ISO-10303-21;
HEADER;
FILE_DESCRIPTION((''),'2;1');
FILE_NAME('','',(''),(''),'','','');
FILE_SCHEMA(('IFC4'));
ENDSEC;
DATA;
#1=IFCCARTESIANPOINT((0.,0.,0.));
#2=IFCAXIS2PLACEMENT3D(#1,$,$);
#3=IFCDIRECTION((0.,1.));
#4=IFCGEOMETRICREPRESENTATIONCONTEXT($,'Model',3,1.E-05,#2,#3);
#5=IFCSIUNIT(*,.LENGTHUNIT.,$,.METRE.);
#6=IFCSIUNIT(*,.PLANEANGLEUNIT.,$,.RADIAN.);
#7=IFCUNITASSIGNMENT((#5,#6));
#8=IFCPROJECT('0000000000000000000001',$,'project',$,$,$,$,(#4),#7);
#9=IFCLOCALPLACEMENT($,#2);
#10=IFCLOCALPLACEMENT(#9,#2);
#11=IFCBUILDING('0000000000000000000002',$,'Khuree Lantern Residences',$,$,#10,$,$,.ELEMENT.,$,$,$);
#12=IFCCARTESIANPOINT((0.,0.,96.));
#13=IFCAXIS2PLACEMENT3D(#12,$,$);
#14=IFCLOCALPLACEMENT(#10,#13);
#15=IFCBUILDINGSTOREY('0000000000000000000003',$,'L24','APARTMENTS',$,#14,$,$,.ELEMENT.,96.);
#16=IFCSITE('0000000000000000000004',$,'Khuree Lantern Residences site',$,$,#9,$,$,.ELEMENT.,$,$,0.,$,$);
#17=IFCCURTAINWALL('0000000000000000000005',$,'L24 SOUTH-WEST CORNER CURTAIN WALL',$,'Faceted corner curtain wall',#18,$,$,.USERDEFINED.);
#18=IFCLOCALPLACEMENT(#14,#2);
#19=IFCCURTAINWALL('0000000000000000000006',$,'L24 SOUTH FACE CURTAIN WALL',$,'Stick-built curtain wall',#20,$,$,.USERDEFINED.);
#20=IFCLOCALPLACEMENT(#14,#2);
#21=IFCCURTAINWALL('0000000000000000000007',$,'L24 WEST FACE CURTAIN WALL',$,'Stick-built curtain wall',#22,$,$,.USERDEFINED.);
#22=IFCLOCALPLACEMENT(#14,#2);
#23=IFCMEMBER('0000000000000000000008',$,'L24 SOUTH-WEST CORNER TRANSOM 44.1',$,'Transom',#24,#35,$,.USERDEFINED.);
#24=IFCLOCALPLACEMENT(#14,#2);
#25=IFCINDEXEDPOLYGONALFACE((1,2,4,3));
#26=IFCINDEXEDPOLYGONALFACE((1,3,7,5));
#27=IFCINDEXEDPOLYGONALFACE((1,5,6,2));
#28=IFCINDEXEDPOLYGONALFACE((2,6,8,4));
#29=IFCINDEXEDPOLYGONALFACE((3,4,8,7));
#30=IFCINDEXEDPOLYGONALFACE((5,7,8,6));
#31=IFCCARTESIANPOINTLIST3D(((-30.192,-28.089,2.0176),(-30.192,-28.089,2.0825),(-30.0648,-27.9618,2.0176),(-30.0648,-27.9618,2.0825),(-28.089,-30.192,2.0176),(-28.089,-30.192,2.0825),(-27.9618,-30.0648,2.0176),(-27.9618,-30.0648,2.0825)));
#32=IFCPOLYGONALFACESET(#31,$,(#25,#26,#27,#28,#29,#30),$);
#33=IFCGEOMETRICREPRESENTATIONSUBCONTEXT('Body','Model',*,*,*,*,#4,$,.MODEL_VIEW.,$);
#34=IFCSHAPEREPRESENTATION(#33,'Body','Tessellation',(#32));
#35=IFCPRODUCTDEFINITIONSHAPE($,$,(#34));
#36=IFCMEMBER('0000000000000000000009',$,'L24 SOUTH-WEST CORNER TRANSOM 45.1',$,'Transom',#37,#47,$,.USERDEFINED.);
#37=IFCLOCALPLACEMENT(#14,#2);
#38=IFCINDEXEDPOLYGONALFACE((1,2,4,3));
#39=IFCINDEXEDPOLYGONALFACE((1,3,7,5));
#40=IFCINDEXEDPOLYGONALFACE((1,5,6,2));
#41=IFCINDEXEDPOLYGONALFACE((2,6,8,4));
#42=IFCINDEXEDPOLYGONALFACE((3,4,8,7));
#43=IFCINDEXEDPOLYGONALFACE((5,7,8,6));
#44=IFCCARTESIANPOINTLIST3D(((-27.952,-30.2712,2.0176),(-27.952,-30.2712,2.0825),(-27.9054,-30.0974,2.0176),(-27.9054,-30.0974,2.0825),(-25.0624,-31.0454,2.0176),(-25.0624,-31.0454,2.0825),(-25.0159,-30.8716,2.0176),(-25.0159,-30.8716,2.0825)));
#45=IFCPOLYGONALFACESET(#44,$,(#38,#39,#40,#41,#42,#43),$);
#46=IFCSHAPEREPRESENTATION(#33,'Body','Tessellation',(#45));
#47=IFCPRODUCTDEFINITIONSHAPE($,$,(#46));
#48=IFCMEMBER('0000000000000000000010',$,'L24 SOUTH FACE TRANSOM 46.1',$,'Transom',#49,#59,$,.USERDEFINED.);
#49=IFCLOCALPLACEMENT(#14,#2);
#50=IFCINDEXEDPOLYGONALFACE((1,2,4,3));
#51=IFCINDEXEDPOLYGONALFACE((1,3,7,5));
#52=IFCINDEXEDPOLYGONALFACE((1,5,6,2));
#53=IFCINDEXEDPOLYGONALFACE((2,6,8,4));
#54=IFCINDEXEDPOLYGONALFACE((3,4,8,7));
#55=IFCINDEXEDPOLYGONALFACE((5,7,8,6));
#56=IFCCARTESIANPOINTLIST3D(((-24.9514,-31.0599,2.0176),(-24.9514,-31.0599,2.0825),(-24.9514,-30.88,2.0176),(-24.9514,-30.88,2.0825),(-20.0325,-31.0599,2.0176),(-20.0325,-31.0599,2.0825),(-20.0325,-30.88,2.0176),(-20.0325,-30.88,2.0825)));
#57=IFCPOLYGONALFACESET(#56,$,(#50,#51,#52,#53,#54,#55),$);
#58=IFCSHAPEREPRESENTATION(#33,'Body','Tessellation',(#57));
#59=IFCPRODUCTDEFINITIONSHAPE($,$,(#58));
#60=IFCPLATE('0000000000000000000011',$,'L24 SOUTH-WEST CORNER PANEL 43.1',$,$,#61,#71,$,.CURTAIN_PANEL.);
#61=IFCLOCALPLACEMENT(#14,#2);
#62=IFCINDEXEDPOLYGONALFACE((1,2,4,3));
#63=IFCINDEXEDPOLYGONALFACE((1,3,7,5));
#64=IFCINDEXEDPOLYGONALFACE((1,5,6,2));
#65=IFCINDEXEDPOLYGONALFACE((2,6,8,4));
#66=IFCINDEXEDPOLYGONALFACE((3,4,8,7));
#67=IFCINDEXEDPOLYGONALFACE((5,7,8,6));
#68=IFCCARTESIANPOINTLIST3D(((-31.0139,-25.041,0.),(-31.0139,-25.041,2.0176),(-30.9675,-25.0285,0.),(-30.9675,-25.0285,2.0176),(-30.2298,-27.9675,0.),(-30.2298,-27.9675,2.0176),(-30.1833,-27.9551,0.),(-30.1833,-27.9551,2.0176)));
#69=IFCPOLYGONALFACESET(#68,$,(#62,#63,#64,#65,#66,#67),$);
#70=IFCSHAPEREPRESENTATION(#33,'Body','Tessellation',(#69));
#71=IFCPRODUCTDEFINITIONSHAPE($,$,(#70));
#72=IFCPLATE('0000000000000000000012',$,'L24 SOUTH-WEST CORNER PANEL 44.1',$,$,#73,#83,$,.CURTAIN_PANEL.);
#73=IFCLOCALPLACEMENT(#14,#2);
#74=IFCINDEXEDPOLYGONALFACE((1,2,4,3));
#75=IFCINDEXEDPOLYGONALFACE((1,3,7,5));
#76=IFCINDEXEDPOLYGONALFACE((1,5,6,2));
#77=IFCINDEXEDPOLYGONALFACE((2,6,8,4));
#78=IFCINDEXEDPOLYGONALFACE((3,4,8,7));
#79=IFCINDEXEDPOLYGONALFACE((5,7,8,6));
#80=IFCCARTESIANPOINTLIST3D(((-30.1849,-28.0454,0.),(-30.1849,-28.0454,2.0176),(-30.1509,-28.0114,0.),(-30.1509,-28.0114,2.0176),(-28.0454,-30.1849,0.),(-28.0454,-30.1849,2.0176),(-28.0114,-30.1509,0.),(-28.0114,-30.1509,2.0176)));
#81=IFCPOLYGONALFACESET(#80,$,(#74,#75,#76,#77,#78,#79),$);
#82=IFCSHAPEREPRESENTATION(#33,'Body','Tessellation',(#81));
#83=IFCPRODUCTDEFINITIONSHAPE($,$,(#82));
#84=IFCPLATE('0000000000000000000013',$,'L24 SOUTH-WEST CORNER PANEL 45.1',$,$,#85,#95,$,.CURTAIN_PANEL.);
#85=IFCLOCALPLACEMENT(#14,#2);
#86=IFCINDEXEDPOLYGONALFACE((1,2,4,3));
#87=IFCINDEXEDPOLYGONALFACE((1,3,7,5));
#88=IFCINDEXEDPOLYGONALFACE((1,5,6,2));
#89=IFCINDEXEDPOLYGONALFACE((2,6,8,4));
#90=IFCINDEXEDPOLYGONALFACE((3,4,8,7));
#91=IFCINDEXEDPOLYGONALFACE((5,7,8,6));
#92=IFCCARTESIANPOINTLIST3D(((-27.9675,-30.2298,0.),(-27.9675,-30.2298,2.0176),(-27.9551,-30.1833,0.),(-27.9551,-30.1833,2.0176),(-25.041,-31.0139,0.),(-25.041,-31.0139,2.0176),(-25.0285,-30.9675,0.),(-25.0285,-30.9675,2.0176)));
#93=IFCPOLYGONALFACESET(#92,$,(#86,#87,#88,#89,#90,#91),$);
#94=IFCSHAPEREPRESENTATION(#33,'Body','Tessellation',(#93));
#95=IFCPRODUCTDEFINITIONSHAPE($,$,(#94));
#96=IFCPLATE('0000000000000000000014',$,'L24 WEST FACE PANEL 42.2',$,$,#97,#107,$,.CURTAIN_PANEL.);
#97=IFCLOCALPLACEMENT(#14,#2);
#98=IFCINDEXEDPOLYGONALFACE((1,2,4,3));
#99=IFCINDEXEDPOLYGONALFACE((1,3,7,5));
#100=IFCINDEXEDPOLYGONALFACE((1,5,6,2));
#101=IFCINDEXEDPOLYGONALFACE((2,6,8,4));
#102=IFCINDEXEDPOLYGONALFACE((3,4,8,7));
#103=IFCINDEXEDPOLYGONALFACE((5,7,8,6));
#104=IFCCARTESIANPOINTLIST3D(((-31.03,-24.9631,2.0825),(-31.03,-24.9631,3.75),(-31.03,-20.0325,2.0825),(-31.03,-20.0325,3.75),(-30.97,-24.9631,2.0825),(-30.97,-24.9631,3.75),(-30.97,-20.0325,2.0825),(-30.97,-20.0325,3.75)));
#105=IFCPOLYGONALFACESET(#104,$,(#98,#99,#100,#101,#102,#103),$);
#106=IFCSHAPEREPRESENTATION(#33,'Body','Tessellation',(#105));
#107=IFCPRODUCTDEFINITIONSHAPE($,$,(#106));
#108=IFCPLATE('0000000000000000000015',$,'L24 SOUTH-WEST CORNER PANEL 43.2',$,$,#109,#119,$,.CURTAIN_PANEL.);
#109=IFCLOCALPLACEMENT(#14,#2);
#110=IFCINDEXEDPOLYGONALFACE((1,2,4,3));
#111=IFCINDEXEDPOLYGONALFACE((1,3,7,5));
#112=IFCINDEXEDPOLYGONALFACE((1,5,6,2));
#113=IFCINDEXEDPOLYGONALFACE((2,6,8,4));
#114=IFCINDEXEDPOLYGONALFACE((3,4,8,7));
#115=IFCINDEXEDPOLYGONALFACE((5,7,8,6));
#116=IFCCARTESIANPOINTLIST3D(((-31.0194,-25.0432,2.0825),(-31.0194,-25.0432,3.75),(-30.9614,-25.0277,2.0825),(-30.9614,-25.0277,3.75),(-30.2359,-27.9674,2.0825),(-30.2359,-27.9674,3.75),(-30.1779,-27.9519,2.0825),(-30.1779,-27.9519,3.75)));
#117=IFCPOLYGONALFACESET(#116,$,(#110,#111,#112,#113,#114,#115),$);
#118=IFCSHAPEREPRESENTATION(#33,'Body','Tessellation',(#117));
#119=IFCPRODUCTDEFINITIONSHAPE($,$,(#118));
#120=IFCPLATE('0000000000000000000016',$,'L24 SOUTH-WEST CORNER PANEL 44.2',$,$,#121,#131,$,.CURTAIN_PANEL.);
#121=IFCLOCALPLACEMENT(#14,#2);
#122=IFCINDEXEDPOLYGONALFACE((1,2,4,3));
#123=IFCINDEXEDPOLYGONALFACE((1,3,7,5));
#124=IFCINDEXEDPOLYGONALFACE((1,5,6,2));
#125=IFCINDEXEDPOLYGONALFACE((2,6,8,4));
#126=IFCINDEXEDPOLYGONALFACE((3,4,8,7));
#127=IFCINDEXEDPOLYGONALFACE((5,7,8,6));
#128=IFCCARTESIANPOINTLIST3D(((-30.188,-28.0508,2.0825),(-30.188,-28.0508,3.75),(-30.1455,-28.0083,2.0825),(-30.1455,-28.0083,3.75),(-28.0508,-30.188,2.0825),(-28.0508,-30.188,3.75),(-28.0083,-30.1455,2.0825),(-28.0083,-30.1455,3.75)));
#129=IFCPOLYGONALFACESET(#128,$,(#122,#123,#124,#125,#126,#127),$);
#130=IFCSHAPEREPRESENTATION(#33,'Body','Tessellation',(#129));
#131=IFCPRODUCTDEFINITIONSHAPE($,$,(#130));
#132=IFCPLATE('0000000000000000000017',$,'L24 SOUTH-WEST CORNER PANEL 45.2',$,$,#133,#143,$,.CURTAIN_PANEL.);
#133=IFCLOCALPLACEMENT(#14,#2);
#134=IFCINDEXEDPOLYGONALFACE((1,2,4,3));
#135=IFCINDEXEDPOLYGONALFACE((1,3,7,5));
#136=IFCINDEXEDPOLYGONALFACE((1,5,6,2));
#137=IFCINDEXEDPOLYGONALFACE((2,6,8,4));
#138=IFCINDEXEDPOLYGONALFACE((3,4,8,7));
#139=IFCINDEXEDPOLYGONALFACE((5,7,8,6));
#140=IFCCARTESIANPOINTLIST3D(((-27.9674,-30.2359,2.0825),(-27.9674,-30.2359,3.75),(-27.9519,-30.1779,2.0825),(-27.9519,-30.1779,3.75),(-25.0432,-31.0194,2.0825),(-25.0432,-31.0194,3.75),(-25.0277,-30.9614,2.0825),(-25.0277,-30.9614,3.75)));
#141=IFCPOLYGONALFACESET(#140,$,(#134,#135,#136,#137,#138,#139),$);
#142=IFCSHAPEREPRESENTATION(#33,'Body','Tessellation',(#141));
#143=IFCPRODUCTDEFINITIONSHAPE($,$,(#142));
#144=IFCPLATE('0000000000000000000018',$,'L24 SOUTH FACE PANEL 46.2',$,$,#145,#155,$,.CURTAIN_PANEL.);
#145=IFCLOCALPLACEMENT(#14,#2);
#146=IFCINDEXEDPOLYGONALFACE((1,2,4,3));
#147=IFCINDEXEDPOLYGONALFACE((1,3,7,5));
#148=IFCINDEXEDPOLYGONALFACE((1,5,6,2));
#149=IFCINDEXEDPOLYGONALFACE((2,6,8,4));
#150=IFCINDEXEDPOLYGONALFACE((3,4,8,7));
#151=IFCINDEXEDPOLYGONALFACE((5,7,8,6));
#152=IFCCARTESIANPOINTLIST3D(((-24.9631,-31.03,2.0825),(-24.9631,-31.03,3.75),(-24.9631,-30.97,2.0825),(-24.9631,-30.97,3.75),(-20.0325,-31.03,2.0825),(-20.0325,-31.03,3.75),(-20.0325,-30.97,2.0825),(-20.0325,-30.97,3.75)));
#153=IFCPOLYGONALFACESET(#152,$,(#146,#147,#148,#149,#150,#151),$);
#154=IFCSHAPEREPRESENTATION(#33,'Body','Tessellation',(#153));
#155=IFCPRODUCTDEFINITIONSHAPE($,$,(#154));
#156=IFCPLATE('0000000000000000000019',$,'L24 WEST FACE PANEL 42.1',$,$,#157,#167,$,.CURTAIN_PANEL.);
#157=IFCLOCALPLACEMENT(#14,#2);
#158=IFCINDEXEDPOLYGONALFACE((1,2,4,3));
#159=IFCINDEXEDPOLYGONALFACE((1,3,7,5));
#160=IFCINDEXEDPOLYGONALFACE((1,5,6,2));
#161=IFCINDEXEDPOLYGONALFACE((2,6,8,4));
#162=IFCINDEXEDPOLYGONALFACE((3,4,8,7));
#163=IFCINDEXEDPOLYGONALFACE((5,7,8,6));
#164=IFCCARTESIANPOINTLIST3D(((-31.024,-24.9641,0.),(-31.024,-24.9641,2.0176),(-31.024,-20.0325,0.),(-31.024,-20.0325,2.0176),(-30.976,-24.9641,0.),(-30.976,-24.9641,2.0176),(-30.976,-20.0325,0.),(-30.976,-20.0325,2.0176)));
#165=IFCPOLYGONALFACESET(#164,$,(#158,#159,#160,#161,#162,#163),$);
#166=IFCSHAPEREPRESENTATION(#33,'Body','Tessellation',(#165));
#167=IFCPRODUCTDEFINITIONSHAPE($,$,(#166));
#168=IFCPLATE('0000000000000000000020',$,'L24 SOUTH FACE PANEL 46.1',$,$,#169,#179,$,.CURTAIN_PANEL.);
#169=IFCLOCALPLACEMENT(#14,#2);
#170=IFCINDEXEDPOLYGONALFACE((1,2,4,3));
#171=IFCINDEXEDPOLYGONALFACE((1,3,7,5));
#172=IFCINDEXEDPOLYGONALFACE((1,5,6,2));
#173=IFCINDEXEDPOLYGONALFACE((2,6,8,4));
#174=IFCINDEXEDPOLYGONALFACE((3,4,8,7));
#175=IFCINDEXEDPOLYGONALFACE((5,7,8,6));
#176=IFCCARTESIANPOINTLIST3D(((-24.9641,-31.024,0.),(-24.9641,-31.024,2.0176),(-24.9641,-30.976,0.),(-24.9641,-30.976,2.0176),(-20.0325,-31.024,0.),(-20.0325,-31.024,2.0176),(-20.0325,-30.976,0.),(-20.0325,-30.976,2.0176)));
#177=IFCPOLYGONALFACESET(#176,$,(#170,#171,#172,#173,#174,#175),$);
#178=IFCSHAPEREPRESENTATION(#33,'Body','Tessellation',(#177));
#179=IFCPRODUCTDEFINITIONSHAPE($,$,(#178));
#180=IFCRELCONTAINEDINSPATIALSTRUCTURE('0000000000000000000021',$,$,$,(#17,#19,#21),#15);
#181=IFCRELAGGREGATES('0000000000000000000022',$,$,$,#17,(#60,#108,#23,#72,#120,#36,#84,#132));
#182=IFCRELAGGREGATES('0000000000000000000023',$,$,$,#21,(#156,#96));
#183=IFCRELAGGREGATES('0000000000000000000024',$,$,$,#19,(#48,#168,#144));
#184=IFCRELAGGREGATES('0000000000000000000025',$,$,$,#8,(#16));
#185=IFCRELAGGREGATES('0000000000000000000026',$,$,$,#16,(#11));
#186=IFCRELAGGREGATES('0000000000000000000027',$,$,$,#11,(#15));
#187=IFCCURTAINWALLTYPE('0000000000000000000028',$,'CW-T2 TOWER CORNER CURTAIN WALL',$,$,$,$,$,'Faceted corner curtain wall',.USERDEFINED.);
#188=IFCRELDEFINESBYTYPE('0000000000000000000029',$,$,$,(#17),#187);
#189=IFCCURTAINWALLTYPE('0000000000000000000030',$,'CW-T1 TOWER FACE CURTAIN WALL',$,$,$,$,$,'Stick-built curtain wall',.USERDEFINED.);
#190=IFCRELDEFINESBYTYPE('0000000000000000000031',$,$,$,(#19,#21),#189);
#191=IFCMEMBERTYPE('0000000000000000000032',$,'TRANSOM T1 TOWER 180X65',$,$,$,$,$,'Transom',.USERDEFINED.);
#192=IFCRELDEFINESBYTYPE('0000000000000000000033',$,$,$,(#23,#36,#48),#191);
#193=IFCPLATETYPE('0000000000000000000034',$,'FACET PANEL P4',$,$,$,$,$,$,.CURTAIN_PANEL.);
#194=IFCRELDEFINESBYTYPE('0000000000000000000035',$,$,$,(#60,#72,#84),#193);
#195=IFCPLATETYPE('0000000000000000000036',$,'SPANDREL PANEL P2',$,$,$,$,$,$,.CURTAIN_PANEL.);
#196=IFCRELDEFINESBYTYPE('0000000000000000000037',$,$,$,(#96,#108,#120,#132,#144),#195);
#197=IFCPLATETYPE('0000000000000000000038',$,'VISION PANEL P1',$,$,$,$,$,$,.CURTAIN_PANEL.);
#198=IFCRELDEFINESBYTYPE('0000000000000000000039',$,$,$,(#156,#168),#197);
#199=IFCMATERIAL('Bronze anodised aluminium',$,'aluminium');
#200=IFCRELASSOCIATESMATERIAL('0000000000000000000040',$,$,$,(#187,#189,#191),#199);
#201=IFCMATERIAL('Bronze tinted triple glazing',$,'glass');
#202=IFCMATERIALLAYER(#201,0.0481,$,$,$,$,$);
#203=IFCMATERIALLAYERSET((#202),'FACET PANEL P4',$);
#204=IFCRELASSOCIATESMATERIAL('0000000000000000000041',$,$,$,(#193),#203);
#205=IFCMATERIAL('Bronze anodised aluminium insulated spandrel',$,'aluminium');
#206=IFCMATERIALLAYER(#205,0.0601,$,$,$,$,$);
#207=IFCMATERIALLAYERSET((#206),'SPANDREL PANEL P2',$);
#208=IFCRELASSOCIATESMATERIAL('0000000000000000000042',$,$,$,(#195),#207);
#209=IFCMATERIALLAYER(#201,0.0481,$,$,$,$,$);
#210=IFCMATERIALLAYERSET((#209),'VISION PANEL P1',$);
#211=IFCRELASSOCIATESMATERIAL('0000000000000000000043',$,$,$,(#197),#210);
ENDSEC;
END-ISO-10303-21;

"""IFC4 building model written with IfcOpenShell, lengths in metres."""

from ifc_helpers import new_model, si_unit, direction, frame, origin, origin_2d, place, context, subcontext, project, spatial, rectangle, extrude, material, layer, layer_set, material_profile, profile_set, type_object, element, aggregate, save


model = new_model("IFC4")

# Units and contexts
model_context = context("Model", 3, precision=1e-05, world=origin(), true_north=direction((0.0, 1.0)))
body_context = subcontext(model_context, "Body", "Model", "MODEL_VIEW")
ifc_project = project(units=[si_unit("LENGTHUNIT", "METRE"), si_unit("PLANEANGLEUNIT", "RADIAN")], contexts=[model_context])

# Site, building, storey
site_placement = place(None, origin())
site = spatial("IfcSite", under=ifc_project, at=site_placement, Name="Khuree Lantern Residences site", CompositionType="ELEMENT", RefElevation=0.0)
building_placement = place(site_placement, origin())
building = spatial("IfcBuilding", under=site, at=building_placement, Name="Khuree Lantern Residences", CompositionType="ELEMENT")
storey_placement = place(building_placement, frame((0.0, 0.0, 96.0)))
storey = spatial("IfcBuildingStorey", under=building, at=storey_placement, Name="L24", Description="APARTMENTS", CompositionType="ELEMENT", Elevation=96.0)

# Curtain walls
ifc_material_1 = material(Name="Bronze anodised aluminium", Category="aluminium")
curtain_wall_type_1 = type_object("IfcCurtainWallType", Name="CW-T2 TOWER CORNER CURTAIN WALL", ElementType="Faceted corner curtain wall", PredefinedType="USERDEFINED", material=ifc_material_1)
curtain_wall_1_placement = place(storey_placement, origin())
curtain_wall_1 = element("IfcCurtainWall", 1, at=curtain_wall_1_placement, inside=storey, type_object=curtain_wall_type_1, Name="L24 SOUTH-WEST CORNER CURTAIN WALL", ObjectType="Faceted corner curtain wall", PredefinedType="USERDEFINED")
curtain_wall_type_2 = type_object("IfcCurtainWallType", Name="CW-T1 TOWER FACE CURTAIN WALL", ElementType="Stick-built curtain wall", PredefinedType="USERDEFINED", material=ifc_material_1)
curtain_wall_2_placement = place(storey_placement, origin())
curtain_wall_2 = element("IfcCurtainWall", 2, at=curtain_wall_2_placement, inside=storey, type_object=curtain_wall_type_2, Name="L24 SOUTH FACE CURTAIN WALL", ObjectType="Stick-built curtain wall", PredefinedType="USERDEFINED")

# Curtain wall
curtain_wall_3_placement = place(storey_placement, origin())
curtain_wall_3 = element("IfcCurtainWall", 3, at=curtain_wall_3_placement, inside=storey, type_object=curtain_wall_type_2, Name="L24 WEST FACE CURTAIN WALL", ObjectType="Stick-built curtain wall", PredefinedType="USERDEFINED")

# Members
ifc_material_profile_1 = material_profile(ifc_material_1, rectangle(XDim=0.1799, YDim=0.0649, at=origin_2d()), Name="T1 180X65")
ifc_profile_set_1 = profile_set([ifc_material_profile_1], Name="Bronze anodised aluminium")
member_type_1 = type_object("IfcMemberType", Name="TRANSOM T1 TOWER 180X65", ElementType="Transom", PredefinedType="USERDEFINED", material=ifc_profile_set_1)
member_1_placement = place(storey_placement, frame((-30.1284, -28.0254, 2.05), z_axis=(0.707107, -0.707107, 0.0), x_axis=(0.707107, 0.707107, 0.0)))
member_1 = element("IfcMember", 4, at=member_1_placement, type_object=member_type_1, Name="L24 SOUTH-WEST CORNER TRANSOM 44.1", ObjectType="Transom", PredefinedType="USERDEFINED", context=body_context, shape_type="SweptSolid", body=[
    extrude(rectangle(XDim=0.1799, YDim=0.0649, at=origin_2d()), origin(), (0.0, 0.0, 1.0), 2.9741),
])
member_2_placement = place(storey_placement, frame((-27.9287, -30.1843, 2.05), z_axis=(0.965935, -0.258785, 0.0), x_axis=(0.258785, 0.965935, 0.0)))
member_2 = element("IfcMember", 5, at=member_2_placement, type_object=member_type_1, Name="L24 SOUTH-WEST CORNER TRANSOM 45.1", ObjectType="Transom", PredefinedType="USERDEFINED", context=body_context, shape_type="SweptSolid", body=[
    extrude(rectangle(XDim=0.1799, YDim=0.0649, at=origin_2d()), origin(), (0.0, 0.0, 1.0), 2.9915),
])
member_3_placement = place(storey_placement, frame((-24.9514, -30.97, 2.05), z_axis=(1.0, 0.0, 0.0), x_axis=(0.0, 1.0, 0.0)))
member_3 = element("IfcMember", 6, at=member_3_placement, type_object=member_type_1, Name="L24 SOUTH FACE TRANSOM 46.1", ObjectType="Transom", PredefinedType="USERDEFINED", context=body_context, shape_type="SweptSolid", body=[
    extrude(rectangle(XDim=0.1799, YDim=0.0649, at=origin_2d()), origin(), (0.0, 0.0, 1.0), 4.9189),
])

# Plates
ifc_material_2 = material(Name="Bronze tinted triple glazing", Category="glass")
ifc_layer_1 = layer(ifc_material_2, 0.0481)
ifc_layer_set_1 = layer_set([ifc_layer_1], Name="FACET PANEL P4")
plate_type_1 = type_object("IfcPlateType", Name="FACET PANEL P4", PredefinedType="CURTAIN_PANEL", material=ifc_layer_set_1)
plate_1_placement = place(storey_placement, frame((-30.5986, -26.498, 0.0), z_axis=(0.0, 0.0, 1.0), x_axis=(0.258819, -0.965926, 0.0)))
plate_1 = element("IfcPlate", 7, at=plate_1_placement, type_object=plate_type_1, Name="L24 SOUTH-WEST CORNER PANEL 43.1", PredefinedType="CURTAIN_PANEL", context=body_context, shape_type="SweptSolid", body=[
    extrude(rectangle(XDim=3.0298, YDim=0.0481, at=origin_2d()), origin(), (0.0, 0.0, 1.0), 2.0176),
])
plate_2_placement = place(storey_placement, frame((-29.0981, -29.0981, 0.0), z_axis=(0.0, 0.0, 1.0), x_axis=(0.707107, -0.707107, 0.0)))
plate_2 = element("IfcPlate", 8, at=plate_2_placement, type_object=plate_type_1, Name="L24 SOUTH-WEST CORNER PANEL 44.1", PredefinedType="CURTAIN_PANEL", context=body_context, shape_type="SweptSolid", body=[
    extrude(rectangle(XDim=3.0256, YDim=0.0481, at=origin_2d()), origin(), (0.0, 0.0, 1.0), 2.0176),
])
plate_3_placement = place(storey_placement, frame((-26.498, -30.5986, 0.0), z_axis=(0.0, 0.0, 1.0), x_axis=(0.965926, -0.258819, 0.0)))
plate_3 = element("IfcPlate", 9, at=plate_3_placement, type_object=plate_type_1, Name="L24 SOUTH-WEST CORNER PANEL 45.1", PredefinedType="CURTAIN_PANEL", context=body_context, shape_type="SweptSolid", body=[
    extrude(rectangle(XDim=3.0298, YDim=0.0481, at=origin_2d()), origin(), (0.0, 0.0, 1.0), 2.0176),
])
ifc_material_3 = material(Name="Bronze anodised aluminium insulated spandrel", Category="aluminium")
ifc_layer_2 = layer(ifc_material_3, 0.0601)
ifc_layer_set_2 = layer_set([ifc_layer_2], Name="SPANDREL PANEL P2")
plate_type_2 = type_object("IfcPlateType", Name="SPANDREL PANEL P2", PredefinedType="CURTAIN_PANEL", material=ifc_layer_set_2)
plate_4_placement = place(storey_placement, frame((-31.0, -22.4978, 2.0825), z_axis=(0.0, 0.0, 1.0), x_axis=(0.0, -1.0, 0.0)))
plate_4 = element("IfcPlate", 10, at=plate_4_placement, type_object=plate_type_2, Name="L24 WEST FACE PANEL 42.2", PredefinedType="CURTAIN_PANEL", context=body_context, shape_type="SweptSolid", body=[
    extrude(rectangle(XDim=4.9307, YDim=0.0601, at=origin_2d()), origin(), (0.0, 0.0, 1.0), 1.6675),
])
plate_5_placement = place(storey_placement, frame((-30.5986, -26.4976, 2.0825), z_axis=(0.0, 0.0, 1.0), x_axis=(0.258819, -0.965926, 0.0)))
plate_5 = element("IfcPlate", 11, at=plate_5_placement, type_object=plate_type_2, Name="L24 SOUTH-WEST CORNER PANEL 43.2", PredefinedType="CURTAIN_PANEL", context=body_context, shape_type="SweptSolid", body=[
    extrude(rectangle(XDim=3.0273, YDim=0.0601, at=origin_2d()), origin(), (0.0, 0.0, 1.0), 1.6675),
])
plate_6_placement = place(storey_placement, frame((-29.0981, -29.0981, 2.0825), z_axis=(0.0, 0.0, 1.0), x_axis=(0.707107, -0.707107, 0.0)))
plate_6 = element("IfcPlate", 12, at=plate_6_placement, type_object=plate_type_2, Name="L24 SOUTH-WEST CORNER PANEL 44.2", PredefinedType="CURTAIN_PANEL", context=body_context, shape_type="SweptSolid", body=[
    extrude(rectangle(XDim=3.0225, YDim=0.0601, at=origin_2d()), origin(), (0.0, 0.0, 1.0), 1.6675),
])
plate_7_placement = place(storey_placement, frame((-26.4976, -30.5986, 2.0825), z_axis=(0.0, 0.0, 1.0), x_axis=(0.965926, -0.258819, 0.0)))
plate_7 = element("IfcPlate", 13, at=plate_7_placement, type_object=plate_type_2, Name="L24 SOUTH-WEST CORNER PANEL 45.2", PredefinedType="CURTAIN_PANEL", context=body_context, shape_type="SweptSolid", body=[
    extrude(rectangle(XDim=3.0273, YDim=0.0601, at=origin_2d()), origin(), (0.0, 0.0, 1.0), 1.6675),
])
aggregate(curtain_wall_1, [plate_1, plate_5, member_1, plate_2, plate_6, member_2, plate_3, plate_7])
plate_8_placement = place(storey_placement, frame((-22.4978, -31.0, 2.0825), z_axis=(0.0, 0.0, 1.0), x_axis=(1.0, 0.0, 0.0)))
plate_8 = element("IfcPlate", 14, at=plate_8_placement, type_object=plate_type_2, Name="L24 SOUTH FACE PANEL 46.2", PredefinedType="CURTAIN_PANEL", context=body_context, shape_type="SweptSolid", body=[
    extrude(rectangle(XDim=4.9307, YDim=0.0601, at=origin_2d()), origin(), (0.0, 0.0, 1.0), 1.6675),
])
ifc_layer_3 = layer(ifc_material_2, 0.0481)
ifc_layer_set_3 = layer_set([ifc_layer_3], Name="VISION PANEL P1")
plate_type_3 = type_object("IfcPlateType", Name="VISION PANEL P1", PredefinedType="CURTAIN_PANEL", material=ifc_layer_set_3)
plate_9_placement = place(storey_placement, frame((-31.0, -22.4983, 0.0), z_axis=(0.0, 0.0, 1.0), x_axis=(0.0, -1.0, 0.0)))
plate_9 = element("IfcPlate", 15, at=plate_9_placement, type_object=plate_type_3, Name="L24 WEST FACE PANEL 42.1", PredefinedType="CURTAIN_PANEL", context=body_context, shape_type="SweptSolid", body=[
    extrude(rectangle(XDim=4.9316, YDim=0.0481, at=origin_2d()), origin(), (0.0, 0.0, 1.0), 2.0176),
])
aggregate(curtain_wall_3, [plate_9, plate_4])
plate_10_placement = place(storey_placement, frame((-22.4983, -31.0, 0.0), z_axis=(0.0, 0.0, 1.0), x_axis=(1.0, 0.0, 0.0)))
plate_10 = element("IfcPlate", 16, at=plate_10_placement, type_object=plate_type_3, Name="L24 SOUTH FACE PANEL 46.1", PredefinedType="CURTAIN_PANEL", context=body_context, shape_type="SweptSolid", body=[
    extrude(rectangle(XDim=4.9316, YDim=0.0481, at=origin_2d()), origin(), (0.0, 0.0, 1.0), 2.0176),
])
aggregate(curtain_wall_2, [member_3, plate_10, plate_8])

save(model, "model.ifc")
